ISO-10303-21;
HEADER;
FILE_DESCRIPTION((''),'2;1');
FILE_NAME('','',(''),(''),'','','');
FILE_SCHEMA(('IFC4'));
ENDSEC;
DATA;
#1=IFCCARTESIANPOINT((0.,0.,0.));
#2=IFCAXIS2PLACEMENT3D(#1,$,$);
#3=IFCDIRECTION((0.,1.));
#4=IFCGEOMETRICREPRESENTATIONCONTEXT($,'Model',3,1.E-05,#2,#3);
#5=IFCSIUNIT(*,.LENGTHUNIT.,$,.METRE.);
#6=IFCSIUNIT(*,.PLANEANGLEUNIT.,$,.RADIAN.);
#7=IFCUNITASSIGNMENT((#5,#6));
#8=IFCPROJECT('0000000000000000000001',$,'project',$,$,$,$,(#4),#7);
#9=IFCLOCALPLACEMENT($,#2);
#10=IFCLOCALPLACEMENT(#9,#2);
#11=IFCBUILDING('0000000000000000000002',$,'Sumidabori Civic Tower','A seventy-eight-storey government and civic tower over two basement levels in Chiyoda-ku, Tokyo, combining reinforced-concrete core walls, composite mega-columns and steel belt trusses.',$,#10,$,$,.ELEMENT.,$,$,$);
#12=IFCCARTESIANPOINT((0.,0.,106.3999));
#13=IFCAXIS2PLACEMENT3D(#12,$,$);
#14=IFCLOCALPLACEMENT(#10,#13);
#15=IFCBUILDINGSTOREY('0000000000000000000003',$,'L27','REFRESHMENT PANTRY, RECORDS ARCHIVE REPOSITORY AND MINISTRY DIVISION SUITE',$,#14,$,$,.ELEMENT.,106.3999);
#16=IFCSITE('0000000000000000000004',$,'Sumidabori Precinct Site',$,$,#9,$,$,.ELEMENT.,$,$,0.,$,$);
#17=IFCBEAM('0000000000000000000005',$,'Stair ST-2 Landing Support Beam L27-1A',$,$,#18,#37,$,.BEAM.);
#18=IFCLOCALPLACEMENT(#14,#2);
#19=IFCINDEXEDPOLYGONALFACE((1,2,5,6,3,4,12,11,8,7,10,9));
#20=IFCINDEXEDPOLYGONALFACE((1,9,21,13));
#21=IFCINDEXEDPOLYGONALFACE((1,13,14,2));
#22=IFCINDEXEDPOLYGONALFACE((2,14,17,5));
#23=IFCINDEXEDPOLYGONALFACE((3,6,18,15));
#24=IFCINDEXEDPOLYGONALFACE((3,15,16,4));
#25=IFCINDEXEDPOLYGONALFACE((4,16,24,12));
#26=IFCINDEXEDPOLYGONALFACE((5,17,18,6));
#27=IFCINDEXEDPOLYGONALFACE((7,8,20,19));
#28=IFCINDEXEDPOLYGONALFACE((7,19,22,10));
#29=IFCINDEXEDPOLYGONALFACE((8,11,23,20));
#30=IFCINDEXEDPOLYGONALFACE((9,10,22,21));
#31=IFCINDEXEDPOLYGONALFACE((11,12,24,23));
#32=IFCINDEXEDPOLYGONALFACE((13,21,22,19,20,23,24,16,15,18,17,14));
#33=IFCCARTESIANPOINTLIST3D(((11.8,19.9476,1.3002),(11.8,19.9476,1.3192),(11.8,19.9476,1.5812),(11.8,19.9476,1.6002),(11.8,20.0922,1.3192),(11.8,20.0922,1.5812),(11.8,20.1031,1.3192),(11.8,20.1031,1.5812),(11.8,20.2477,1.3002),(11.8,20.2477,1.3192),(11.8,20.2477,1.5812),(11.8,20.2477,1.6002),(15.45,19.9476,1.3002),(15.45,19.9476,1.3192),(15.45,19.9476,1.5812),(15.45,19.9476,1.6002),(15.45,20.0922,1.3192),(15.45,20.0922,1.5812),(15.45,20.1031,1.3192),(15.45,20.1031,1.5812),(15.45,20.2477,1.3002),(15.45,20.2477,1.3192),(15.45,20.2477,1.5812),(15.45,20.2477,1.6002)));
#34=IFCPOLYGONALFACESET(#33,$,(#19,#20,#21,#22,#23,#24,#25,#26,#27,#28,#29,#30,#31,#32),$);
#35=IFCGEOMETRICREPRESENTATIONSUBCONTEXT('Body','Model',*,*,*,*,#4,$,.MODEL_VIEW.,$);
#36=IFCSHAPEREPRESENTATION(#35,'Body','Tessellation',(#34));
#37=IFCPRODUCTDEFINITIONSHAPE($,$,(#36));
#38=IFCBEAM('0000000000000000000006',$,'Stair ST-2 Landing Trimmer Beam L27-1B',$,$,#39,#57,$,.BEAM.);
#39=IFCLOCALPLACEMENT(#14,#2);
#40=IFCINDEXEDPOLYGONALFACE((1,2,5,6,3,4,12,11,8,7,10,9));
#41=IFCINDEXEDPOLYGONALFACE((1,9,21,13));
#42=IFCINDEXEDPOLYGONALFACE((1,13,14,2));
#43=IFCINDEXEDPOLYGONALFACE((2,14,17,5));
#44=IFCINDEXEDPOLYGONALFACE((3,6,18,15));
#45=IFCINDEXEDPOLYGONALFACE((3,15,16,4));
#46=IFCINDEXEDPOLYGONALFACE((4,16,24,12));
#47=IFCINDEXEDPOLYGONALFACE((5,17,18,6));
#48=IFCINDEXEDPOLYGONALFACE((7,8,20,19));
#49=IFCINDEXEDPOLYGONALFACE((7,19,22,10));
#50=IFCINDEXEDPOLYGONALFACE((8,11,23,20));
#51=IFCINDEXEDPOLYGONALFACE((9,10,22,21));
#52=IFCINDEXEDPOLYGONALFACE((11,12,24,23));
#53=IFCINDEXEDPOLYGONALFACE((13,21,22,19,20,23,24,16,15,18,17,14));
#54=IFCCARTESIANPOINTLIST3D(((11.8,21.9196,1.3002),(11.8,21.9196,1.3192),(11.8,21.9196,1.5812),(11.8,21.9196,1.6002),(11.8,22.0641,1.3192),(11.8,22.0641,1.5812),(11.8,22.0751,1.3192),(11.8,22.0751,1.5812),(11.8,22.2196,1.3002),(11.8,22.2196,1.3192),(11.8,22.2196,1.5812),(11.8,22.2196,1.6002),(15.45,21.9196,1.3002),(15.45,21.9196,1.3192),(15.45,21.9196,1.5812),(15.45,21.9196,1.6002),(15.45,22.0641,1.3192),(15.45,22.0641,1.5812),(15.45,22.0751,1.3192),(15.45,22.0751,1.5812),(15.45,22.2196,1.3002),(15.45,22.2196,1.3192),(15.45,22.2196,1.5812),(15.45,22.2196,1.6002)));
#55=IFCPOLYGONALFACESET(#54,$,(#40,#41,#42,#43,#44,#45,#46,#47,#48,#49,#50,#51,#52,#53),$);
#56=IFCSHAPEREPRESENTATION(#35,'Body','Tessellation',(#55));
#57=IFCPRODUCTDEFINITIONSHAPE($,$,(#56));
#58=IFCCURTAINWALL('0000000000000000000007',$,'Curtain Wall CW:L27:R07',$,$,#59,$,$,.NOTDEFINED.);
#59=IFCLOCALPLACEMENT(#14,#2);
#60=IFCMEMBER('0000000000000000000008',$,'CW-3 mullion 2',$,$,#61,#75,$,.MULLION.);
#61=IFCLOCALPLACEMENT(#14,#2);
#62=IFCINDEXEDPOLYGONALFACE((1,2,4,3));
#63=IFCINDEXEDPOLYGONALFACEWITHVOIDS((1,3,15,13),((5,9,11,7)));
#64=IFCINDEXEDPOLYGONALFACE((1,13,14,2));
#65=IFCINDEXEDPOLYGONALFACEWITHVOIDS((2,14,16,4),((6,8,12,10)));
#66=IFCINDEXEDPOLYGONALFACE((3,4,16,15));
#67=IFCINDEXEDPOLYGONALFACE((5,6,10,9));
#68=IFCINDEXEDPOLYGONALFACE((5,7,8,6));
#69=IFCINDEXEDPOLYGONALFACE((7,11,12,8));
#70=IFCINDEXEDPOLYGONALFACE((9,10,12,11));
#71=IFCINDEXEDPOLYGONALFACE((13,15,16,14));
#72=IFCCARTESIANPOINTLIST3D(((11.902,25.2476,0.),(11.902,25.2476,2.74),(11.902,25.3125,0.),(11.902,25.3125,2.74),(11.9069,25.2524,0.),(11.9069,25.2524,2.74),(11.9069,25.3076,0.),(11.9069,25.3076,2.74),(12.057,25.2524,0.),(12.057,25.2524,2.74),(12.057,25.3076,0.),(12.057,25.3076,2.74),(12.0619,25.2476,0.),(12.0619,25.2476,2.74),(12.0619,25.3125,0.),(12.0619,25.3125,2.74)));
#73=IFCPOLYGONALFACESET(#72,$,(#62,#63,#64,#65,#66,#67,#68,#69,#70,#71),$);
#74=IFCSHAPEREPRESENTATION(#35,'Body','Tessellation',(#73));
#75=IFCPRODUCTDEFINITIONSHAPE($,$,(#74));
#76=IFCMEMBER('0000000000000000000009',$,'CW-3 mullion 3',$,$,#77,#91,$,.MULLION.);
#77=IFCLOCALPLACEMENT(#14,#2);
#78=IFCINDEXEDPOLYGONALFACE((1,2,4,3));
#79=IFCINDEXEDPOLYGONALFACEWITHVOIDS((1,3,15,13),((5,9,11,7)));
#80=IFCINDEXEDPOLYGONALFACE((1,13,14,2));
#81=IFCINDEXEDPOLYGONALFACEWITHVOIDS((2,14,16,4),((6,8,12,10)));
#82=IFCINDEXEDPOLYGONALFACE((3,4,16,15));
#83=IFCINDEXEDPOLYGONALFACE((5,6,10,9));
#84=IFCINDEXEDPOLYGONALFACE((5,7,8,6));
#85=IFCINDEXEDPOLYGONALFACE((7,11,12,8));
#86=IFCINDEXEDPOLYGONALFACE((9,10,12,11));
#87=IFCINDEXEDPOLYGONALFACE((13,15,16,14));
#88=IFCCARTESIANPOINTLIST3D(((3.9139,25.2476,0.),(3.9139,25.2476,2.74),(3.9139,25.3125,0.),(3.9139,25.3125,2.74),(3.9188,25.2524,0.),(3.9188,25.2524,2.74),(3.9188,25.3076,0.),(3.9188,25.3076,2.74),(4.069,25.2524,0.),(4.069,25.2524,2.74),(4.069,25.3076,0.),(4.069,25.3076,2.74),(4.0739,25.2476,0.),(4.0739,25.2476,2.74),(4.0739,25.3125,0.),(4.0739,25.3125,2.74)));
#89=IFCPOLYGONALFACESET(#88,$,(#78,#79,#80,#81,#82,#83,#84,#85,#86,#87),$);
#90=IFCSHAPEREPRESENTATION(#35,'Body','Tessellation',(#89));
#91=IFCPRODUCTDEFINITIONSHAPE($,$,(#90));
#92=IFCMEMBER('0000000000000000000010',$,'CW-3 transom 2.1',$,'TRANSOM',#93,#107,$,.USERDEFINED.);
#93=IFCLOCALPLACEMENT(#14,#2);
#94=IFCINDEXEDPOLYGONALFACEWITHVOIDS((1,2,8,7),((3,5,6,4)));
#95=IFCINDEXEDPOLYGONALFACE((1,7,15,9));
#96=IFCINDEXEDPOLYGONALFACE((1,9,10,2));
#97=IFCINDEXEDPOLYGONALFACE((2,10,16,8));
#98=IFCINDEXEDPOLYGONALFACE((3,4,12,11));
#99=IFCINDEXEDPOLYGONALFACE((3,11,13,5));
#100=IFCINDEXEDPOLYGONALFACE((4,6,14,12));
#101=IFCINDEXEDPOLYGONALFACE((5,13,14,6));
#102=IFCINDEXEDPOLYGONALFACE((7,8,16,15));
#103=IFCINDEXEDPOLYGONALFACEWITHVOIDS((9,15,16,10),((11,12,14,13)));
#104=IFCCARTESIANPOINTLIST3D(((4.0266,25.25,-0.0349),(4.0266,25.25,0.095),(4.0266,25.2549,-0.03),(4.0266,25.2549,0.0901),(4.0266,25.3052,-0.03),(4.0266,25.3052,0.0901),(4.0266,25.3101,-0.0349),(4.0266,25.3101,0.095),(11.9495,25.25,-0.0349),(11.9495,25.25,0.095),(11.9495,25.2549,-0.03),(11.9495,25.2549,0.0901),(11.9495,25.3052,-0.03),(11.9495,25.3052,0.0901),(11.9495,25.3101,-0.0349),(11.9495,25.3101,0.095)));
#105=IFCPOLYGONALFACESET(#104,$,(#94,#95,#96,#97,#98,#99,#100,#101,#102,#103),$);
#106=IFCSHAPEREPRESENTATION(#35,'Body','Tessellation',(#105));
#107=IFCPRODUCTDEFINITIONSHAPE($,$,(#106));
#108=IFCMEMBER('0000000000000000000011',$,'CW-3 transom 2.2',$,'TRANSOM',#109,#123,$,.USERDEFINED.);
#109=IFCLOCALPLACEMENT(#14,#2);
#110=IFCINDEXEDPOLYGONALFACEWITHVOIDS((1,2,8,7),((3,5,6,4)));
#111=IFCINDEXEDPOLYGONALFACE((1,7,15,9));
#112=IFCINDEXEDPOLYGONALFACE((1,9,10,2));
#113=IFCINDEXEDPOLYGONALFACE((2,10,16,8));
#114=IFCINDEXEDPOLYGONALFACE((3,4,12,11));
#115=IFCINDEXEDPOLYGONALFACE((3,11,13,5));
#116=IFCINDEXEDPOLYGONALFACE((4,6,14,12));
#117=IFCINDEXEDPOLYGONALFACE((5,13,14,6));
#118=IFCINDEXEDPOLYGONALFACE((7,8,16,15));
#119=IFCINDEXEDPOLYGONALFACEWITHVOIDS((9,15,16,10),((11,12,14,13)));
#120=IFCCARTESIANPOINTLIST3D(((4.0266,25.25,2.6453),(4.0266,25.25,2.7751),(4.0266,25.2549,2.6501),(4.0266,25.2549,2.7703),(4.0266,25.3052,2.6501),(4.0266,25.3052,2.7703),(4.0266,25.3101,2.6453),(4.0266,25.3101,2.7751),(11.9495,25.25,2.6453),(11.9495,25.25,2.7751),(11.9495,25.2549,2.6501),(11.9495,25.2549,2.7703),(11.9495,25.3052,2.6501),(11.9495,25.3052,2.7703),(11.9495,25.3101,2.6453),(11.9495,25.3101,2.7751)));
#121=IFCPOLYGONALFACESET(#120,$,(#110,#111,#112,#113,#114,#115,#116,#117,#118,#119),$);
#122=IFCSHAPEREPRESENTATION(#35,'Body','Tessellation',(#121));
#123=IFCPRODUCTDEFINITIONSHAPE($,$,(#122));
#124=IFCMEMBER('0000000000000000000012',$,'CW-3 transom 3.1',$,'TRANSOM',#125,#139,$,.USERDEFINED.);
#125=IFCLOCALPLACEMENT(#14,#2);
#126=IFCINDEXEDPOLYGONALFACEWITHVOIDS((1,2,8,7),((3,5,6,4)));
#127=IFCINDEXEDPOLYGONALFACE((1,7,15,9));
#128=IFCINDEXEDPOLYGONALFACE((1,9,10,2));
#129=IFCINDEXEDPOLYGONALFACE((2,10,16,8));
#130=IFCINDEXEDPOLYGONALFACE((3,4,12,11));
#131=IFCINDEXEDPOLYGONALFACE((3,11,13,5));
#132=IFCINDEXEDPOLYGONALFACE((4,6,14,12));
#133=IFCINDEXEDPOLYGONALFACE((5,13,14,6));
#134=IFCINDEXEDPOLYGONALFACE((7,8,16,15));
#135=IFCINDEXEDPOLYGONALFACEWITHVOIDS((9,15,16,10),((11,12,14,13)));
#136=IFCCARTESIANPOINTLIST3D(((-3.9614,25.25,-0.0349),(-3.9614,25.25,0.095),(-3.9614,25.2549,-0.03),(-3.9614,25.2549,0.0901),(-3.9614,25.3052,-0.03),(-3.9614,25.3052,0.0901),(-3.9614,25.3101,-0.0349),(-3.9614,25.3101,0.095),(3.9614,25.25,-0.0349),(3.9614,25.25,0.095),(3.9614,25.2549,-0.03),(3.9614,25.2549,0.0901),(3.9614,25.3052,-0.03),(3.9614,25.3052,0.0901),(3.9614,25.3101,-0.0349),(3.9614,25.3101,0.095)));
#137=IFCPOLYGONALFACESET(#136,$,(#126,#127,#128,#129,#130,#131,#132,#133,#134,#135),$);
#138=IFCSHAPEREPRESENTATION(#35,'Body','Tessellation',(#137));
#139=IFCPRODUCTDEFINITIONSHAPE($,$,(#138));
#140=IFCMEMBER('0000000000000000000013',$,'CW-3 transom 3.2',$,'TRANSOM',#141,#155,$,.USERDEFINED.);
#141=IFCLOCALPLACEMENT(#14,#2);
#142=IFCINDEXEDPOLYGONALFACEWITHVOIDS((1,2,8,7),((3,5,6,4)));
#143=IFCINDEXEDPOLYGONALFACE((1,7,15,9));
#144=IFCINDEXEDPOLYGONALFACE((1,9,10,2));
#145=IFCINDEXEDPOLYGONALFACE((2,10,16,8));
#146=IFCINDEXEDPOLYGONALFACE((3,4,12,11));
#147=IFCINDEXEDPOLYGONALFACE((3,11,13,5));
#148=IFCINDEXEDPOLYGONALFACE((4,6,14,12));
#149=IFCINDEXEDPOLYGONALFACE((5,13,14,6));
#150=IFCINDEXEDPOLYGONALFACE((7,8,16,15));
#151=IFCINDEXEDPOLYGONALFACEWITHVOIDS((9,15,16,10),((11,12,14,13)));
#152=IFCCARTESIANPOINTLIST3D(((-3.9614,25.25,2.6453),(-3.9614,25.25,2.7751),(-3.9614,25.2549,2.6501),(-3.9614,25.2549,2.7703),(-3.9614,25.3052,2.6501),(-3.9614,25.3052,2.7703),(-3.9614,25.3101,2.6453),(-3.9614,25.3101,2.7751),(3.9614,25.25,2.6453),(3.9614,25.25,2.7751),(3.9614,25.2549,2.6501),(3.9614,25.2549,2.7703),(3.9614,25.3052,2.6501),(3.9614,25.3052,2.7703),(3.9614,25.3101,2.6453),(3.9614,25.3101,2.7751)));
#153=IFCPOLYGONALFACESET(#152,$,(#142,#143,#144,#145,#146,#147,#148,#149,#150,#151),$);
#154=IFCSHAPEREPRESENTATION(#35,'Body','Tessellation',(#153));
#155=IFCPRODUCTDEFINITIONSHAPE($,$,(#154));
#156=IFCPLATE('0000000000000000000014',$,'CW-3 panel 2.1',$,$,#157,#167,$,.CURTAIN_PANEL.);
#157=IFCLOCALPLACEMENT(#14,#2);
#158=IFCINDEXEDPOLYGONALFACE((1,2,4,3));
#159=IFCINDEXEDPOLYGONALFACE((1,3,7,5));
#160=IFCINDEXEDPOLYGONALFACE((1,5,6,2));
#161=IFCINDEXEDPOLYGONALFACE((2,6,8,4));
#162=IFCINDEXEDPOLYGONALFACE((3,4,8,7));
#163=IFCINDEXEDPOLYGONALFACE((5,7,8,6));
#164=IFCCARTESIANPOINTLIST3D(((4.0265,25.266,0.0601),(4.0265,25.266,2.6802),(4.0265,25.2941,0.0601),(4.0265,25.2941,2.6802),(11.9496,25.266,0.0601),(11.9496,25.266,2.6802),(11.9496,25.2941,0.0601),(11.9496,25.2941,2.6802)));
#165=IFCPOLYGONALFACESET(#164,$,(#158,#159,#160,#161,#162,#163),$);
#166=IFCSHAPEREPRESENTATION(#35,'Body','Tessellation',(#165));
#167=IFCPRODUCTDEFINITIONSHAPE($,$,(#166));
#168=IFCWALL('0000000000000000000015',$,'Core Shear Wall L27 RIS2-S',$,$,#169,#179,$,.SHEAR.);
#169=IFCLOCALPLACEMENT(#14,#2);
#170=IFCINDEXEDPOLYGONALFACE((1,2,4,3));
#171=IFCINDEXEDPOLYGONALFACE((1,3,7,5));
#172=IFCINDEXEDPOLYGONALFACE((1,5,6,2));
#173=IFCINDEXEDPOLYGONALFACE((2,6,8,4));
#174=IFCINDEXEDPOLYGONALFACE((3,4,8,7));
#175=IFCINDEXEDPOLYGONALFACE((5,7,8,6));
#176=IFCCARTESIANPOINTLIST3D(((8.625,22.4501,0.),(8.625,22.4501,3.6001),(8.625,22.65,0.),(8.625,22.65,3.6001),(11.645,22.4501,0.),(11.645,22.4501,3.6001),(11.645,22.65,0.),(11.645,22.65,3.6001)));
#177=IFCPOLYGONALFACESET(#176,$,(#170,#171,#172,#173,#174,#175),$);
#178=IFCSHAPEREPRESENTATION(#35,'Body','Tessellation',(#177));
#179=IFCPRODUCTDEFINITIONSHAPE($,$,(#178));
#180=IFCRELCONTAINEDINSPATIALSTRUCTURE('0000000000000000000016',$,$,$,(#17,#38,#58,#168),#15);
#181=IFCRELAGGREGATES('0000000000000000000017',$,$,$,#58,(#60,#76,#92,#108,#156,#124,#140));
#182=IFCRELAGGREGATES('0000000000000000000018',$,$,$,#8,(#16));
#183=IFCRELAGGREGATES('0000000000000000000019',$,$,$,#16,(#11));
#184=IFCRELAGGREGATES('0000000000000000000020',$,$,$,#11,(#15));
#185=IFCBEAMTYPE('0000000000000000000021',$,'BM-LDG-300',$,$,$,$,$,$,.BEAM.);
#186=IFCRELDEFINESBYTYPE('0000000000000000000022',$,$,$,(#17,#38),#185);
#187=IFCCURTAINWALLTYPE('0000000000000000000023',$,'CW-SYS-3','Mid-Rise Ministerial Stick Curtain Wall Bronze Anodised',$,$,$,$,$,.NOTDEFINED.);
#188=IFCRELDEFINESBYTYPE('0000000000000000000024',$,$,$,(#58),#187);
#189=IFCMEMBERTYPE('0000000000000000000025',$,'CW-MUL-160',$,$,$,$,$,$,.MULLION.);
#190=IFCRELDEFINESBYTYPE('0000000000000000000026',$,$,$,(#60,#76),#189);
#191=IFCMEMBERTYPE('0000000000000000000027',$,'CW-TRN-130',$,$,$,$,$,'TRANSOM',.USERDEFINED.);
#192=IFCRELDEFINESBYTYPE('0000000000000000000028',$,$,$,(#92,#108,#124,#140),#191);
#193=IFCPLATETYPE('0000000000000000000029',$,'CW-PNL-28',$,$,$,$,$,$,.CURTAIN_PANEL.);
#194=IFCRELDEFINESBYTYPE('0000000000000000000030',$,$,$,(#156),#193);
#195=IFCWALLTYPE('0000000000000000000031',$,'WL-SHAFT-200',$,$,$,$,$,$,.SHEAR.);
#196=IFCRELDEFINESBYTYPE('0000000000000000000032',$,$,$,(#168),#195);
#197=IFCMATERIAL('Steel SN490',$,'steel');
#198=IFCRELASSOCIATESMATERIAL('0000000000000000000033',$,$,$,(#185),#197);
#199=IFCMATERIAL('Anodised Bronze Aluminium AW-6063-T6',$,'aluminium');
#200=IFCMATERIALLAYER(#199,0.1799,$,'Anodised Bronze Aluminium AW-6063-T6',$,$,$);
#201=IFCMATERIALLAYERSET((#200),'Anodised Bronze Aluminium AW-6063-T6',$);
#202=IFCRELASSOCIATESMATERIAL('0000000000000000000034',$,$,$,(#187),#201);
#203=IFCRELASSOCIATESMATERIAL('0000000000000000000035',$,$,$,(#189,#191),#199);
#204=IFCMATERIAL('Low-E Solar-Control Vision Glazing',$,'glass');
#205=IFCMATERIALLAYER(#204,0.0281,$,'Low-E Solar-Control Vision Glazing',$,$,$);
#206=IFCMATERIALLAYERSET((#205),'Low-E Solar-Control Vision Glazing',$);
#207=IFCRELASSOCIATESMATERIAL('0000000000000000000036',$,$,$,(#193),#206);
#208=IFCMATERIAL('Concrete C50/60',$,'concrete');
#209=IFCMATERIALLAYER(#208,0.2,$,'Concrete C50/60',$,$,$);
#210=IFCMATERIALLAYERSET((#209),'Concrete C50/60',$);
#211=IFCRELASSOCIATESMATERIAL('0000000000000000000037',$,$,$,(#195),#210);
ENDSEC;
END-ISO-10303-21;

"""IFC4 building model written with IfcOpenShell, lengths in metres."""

from ifc_helpers import new_model, si_unit, direction, frame, frame_2d, origin, origin_2d, place, context, subcontext, project, spatial, rectangle, hollow_rectangle, i_section, extrude, source, transform, mapped, material, layer, layer_set, material_profile, profile_set, type_object, element, aggregate, save


model = new_model("IFC4")

# Units and contexts
model_context = context("Model", 3, precision=1e-05, world=origin(), true_north=direction((0.0, 1.0)))
body_context = subcontext(model_context, "Body", "Model", "MODEL_VIEW")
ifc_project = project(units=[si_unit("LENGTHUNIT", "METRE"), si_unit("PLANEANGLEUNIT", "RADIAN")], contexts=[model_context])

# Site, building, storey
site_placement = place(None, origin())
site = spatial("IfcSite", under=ifc_project, at=site_placement, Name="Sumidabori Precinct Site", CompositionType="ELEMENT", RefElevation=0.0)
building_placement = place(site_placement, origin())
building = spatial("IfcBuilding", under=site, at=building_placement, Name="Sumidabori Civic Tower", Description="A seventy-eight-storey government and civic tower over two basement levels in Chiyoda-ku, Tokyo, combining reinforced-concrete core walls, composite mega-columns and steel belt trusses.", CompositionType="ELEMENT")
storey_placement = place(building_placement, frame((0.0, 0.0, 106.3999)))
storey = spatial("IfcBuildingStorey", under=building, at=storey_placement, Name="L27", Description="REFRESHMENT PANTRY, RECORDS ARCHIVE REPOSITORY AND MINISTRY DIVISION SUITE", CompositionType="ELEMENT", Elevation=106.3999)

# Beams
ifc_material_1 = material(Name="Steel SN490", Category="steel")
ifc_material_profile_1 = material_profile(ifc_material_1, i_section(OverallWidth=0.3, OverallDepth=0.3, WebThickness=0.011, FlangeThickness=0.019, at=origin_2d()), Name="HE 300 B")
ifc_profile_set_1 = profile_set([ifc_material_profile_1], Name="Steel SN490")
beam_type = type_object("IfcBeamType", Name="BM-LDG-300", PredefinedType="BEAM", material=ifc_profile_set_1)
shared_shape_1 = source(origin(), body_context, "Body", "SweptSolid", [
    extrude(i_section(OverallWidth=0.3, OverallDepth=0.3, WebThickness=0.011, FlangeThickness=0.019, at=origin_2d()), origin(), (0.0, 0.0, 1.0), 3.6499),
])
for number, where, z_axis, x_axis, name in (
    (1, (11.8, 20.0977, 1.4502), (1.0, 0.0, 0.0), (0.0, 1.0, 0.0), "Stair ST-2 Landing Support Beam L27-1A"),
    (2, (11.8, 22.0696, 1.4502), (1.0, 0.0, 0.0), (0.0, 1.0, 0.0), "Stair ST-2 Landing Trimmer Beam L27-1B"),
):
    element("IfcBeam", number, at=place(storey_placement, frame(where, z_axis=z_axis, x_axis=x_axis)), inside=storey, type_object=beam_type, Name=name, PredefinedType="BEAM", context=body_context, shape_type="MappedRepresentation", body=[
        mapped(shared_shape_1, transform((0.0, 0.0, 0.0), x_axis=(1.0, 0.0, 0.0), y_axis=(0.0, 1.0, 0.0), z_axis=(0.0, 0.0, 1.0), scale=1.0)),
    ])

# Curtain wall, members, plate
ifc_material_2 = material(Name="Anodised Bronze Aluminium AW-6063-T6", Category="aluminium")
ifc_layer_1 = layer(ifc_material_2, 0.1799, Name="Anodised Bronze Aluminium AW-6063-T6")
ifc_layer_set_1 = layer_set([ifc_layer_1], Name="Anodised Bronze Aluminium AW-6063-T6")
curtain_wall_type = type_object("IfcCurtainWallType", Name="CW-SYS-3", Description="Mid-Rise Ministerial Stick Curtain Wall Bronze Anodised", PredefinedType="NOTDEFINED", material=ifc_layer_set_1)
curtain_wall_placement = place(storey_placement, origin())
curtain_wall = element("IfcCurtainWall", 3, at=curtain_wall_placement, inside=storey, type_object=curtain_wall_type, Name="Curtain Wall CW:L27:R07", PredefinedType="NOTDEFINED")
ifc_material_profile_2 = material_profile(ifc_material_2, hollow_rectangle(XDim=0.0649, YDim=0.1599, WallThickness=0.0049, at=origin_2d()), Name="ALU MULLION 160x65")
ifc_profile_set_2 = profile_set([ifc_material_profile_2], Name="Anodised Bronze Aluminium AW-6063-T6")
member_type_1 = type_object("IfcMemberType", Name="CW-MUL-160", PredefinedType="MULLION", material=ifc_profile_set_2)
shared_shape_2 = source(origin(), body_context, "Body", "SweptSolid", [
    extrude(hollow_rectangle(XDim=0.0649, YDim=0.1599, WallThickness=0.0049, at=origin_2d()), origin(), (0.0, 0.0, 1.0), 2.74),
])
member_1_placement = place(storey_placement, frame((11.9819, 25.28, 0.0), z_axis=(0.0, 0.0, 1.0), x_axis=(0.0, -1.0, 0.0)))
member_1 = element("IfcMember", 4, at=member_1_placement, type_object=member_type_1, Name="CW-3 mullion 2", PredefinedType="MULLION", context=body_context, shape_type="MappedRepresentation", body=[
    mapped(shared_shape_2, transform((0.0, 0.0, 0.0), x_axis=(1.0, 0.0, 0.0), y_axis=(0.0, 1.0, 0.0), z_axis=(0.0, 0.0, 1.0), scale=1.0)),
])
member_2_placement = place(storey_placement, frame((3.9939, 25.28, 0.0), z_axis=(0.0, 0.0, 1.0), x_axis=(0.0, -1.0, 0.0)))
member_2 = element("IfcMember", 5, at=member_2_placement, type_object=member_type_1, Name="CW-3 mullion 3", PredefinedType="MULLION", context=body_context, shape_type="MappedRepresentation", body=[
    mapped(shared_shape_2, transform((0.0, 0.0, 0.0), x_axis=(1.0, 0.0, 0.0), y_axis=(0.0, 1.0, 0.0), z_axis=(0.0, 0.0, 1.0), scale=1.0)),
])
ifc_material_profile_3 = material_profile(ifc_material_2, hollow_rectangle(XDim=0.0601, YDim=0.1299, WallThickness=0.0049, at=origin_2d()), Name="ALU TRANSOM 130x60")
ifc_profile_set_3 = profile_set([ifc_material_profile_3], Name="Anodised Bronze Aluminium AW-6063-T6")
member_type_2 = type_object("IfcMemberType", Name="CW-TRN-130", ElementType="TRANSOM", PredefinedType="USERDEFINED", material=ifc_profile_set_3)
shared_shape_3 = source(origin(), body_context, "Body", "SweptSolid", [
    extrude(hollow_rectangle(XDim=0.0601, YDim=0.1299, WallThickness=0.0049, at=origin_2d()), origin(), (0.0, 0.0, 1.0), 7.9229),
])
member_3_placement = place(storey_placement, frame((11.9495, 25.28, 0.03), z_axis=(-1.0, 0.0, 0.0), x_axis=(0.0, -1.0, 0.0)))
member_3 = element("IfcMember", 6, at=member_3_placement, type_object=member_type_2, Name="CW-3 transom 2.1", ObjectType="TRANSOM", PredefinedType="USERDEFINED", context=body_context, shape_type="MappedRepresentation", body=[
    mapped(shared_shape_3, transform((0.0, 0.0, 0.0), x_axis=(1.0, 0.0, 0.0), y_axis=(0.0, 1.0, 0.0), z_axis=(0.0, 0.0, 1.0), scale=1.0)),
])
member_4_placement = place(storey_placement, frame((11.9495, 25.28, 2.7102), z_axis=(-1.0, 0.0, 0.0), x_axis=(0.0, -1.0, 0.0)))
member_4 = element("IfcMember", 7, at=member_4_placement, type_object=member_type_2, Name="CW-3 transom 2.2", ObjectType="TRANSOM", PredefinedType="USERDEFINED", context=body_context, shape_type="MappedRepresentation", body=[
    mapped(shared_shape_3, transform((0.0, 0.0, 0.0), x_axis=(1.0, 0.0, 0.0), y_axis=(0.0, 1.0, 0.0), z_axis=(0.0, 0.0, 1.0), scale=1.0)),
])
member_5_placement = place(storey_placement, frame((3.9614, 25.28, 0.03), z_axis=(-1.0, 0.0, 0.0), x_axis=(0.0, -1.0, 0.0)))
member_5 = element("IfcMember", 8, at=member_5_placement, type_object=member_type_2, Name="CW-3 transom 3.1", ObjectType="TRANSOM", PredefinedType="USERDEFINED", context=body_context, shape_type="MappedRepresentation", body=[
    mapped(shared_shape_3, transform((0.0, 0.0, 0.0), x_axis=(1.0, 0.0, 0.0), y_axis=(0.0, 1.0, 0.0), z_axis=(0.0, 0.0, 1.0), scale=1.0)),
])
member_6_placement = place(storey_placement, frame((3.9614, 25.28, 2.7102), z_axis=(-1.0, 0.0, 0.0), x_axis=(0.0, -1.0, 0.0)))
member_6 = element("IfcMember", 9, at=member_6_placement, type_object=member_type_2, Name="CW-3 transom 3.2", ObjectType="TRANSOM", PredefinedType="USERDEFINED", context=body_context, shape_type="MappedRepresentation", body=[
    mapped(shared_shape_3, transform((0.0, 0.0, 0.0), x_axis=(1.0, 0.0, 0.0), y_axis=(0.0, 1.0, 0.0), z_axis=(0.0, 0.0, 1.0), scale=1.0)),
])
ifc_material_3 = material(Name="Low-E Solar-Control Vision Glazing", Category="glass")
ifc_layer_2 = layer(ifc_material_3, 0.0281, Name="Low-E Solar-Control Vision Glazing")
ifc_layer_set_2 = layer_set([ifc_layer_2], Name="Low-E Solar-Control Vision Glazing")
plate_type = type_object("IfcPlateType", Name="CW-PNL-28", PredefinedType="CURTAIN_PANEL", material=ifc_layer_set_2)
shared_shape_4 = source(origin(), body_context, "Body", "SweptSolid", [
    extrude(rectangle(XDim=7.9231, YDim=0.0281, at=origin_2d()), origin(), (0.0, 0.0, 1.0), 2.6201),
])
plate_placement = place(storey_placement, frame((7.988, 25.28, 0.0601), z_axis=(0.0, 0.0, 1.0), x_axis=(-1.0, 0.0, 0.0)))
plate = element("IfcPlate", 10, at=plate_placement, type_object=plate_type, Name="CW-3 panel 2.1", PredefinedType="CURTAIN_PANEL", context=body_context, shape_type="MappedRepresentation", body=[
    mapped(shared_shape_4, transform((0.0, 0.0, 0.0), x_axis=(1.0, 0.0, 0.0), y_axis=(0.0, 1.0, 0.0), z_axis=(0.0, 0.0, 1.0), scale=1.0)),
])
aggregate(curtain_wall, [member_1, member_2, member_3, member_4, plate, member_5, member_6])

# Wall
ifc_material_4 = material(Name="Concrete C50/60", Category="concrete")
ifc_layer_3 = layer(ifc_material_4, 0.2, Name="Concrete C50/60")
ifc_layer_set_3 = layer_set([ifc_layer_3], Name="Concrete C50/60")
wall_type_1 = type_object("IfcWallType", Name="WL-SHAFT-200", PredefinedType="SHEAR", material=ifc_layer_set_3)
shared_shape_5 = source(origin(), body_context, "Body", "SweptSolid", [
    extrude(rectangle(XDim=3.02, YDim=0.2, at=frame_2d((1.51, 0.0))), origin(), (0.0, 0.0, 1.0), 3.6001),
])
wall_1_placement = place(storey_placement, frame((8.625, 22.55, 0.0), z_axis=(0.0, 0.0, 1.0), x_axis=(1.0, 0.0, 0.0)))
element("IfcWall", 11, at=wall_1_placement, inside=storey, type_object=wall_type_1, Name="Core Shear Wall L27 RIS2-S", PredefinedType="SHEAR", context=body_context, shape_type="MappedRepresentation", body=[
    mapped(shared_shape_5, transform((0.0, 0.0, 0.0), x_axis=(1.0, 0.0, 0.0), y_axis=(0.0, 1.0, 0.0), z_axis=(0.0, 0.0, 1.0), scale=1.0)),
])

save(model, "model.ifc")
